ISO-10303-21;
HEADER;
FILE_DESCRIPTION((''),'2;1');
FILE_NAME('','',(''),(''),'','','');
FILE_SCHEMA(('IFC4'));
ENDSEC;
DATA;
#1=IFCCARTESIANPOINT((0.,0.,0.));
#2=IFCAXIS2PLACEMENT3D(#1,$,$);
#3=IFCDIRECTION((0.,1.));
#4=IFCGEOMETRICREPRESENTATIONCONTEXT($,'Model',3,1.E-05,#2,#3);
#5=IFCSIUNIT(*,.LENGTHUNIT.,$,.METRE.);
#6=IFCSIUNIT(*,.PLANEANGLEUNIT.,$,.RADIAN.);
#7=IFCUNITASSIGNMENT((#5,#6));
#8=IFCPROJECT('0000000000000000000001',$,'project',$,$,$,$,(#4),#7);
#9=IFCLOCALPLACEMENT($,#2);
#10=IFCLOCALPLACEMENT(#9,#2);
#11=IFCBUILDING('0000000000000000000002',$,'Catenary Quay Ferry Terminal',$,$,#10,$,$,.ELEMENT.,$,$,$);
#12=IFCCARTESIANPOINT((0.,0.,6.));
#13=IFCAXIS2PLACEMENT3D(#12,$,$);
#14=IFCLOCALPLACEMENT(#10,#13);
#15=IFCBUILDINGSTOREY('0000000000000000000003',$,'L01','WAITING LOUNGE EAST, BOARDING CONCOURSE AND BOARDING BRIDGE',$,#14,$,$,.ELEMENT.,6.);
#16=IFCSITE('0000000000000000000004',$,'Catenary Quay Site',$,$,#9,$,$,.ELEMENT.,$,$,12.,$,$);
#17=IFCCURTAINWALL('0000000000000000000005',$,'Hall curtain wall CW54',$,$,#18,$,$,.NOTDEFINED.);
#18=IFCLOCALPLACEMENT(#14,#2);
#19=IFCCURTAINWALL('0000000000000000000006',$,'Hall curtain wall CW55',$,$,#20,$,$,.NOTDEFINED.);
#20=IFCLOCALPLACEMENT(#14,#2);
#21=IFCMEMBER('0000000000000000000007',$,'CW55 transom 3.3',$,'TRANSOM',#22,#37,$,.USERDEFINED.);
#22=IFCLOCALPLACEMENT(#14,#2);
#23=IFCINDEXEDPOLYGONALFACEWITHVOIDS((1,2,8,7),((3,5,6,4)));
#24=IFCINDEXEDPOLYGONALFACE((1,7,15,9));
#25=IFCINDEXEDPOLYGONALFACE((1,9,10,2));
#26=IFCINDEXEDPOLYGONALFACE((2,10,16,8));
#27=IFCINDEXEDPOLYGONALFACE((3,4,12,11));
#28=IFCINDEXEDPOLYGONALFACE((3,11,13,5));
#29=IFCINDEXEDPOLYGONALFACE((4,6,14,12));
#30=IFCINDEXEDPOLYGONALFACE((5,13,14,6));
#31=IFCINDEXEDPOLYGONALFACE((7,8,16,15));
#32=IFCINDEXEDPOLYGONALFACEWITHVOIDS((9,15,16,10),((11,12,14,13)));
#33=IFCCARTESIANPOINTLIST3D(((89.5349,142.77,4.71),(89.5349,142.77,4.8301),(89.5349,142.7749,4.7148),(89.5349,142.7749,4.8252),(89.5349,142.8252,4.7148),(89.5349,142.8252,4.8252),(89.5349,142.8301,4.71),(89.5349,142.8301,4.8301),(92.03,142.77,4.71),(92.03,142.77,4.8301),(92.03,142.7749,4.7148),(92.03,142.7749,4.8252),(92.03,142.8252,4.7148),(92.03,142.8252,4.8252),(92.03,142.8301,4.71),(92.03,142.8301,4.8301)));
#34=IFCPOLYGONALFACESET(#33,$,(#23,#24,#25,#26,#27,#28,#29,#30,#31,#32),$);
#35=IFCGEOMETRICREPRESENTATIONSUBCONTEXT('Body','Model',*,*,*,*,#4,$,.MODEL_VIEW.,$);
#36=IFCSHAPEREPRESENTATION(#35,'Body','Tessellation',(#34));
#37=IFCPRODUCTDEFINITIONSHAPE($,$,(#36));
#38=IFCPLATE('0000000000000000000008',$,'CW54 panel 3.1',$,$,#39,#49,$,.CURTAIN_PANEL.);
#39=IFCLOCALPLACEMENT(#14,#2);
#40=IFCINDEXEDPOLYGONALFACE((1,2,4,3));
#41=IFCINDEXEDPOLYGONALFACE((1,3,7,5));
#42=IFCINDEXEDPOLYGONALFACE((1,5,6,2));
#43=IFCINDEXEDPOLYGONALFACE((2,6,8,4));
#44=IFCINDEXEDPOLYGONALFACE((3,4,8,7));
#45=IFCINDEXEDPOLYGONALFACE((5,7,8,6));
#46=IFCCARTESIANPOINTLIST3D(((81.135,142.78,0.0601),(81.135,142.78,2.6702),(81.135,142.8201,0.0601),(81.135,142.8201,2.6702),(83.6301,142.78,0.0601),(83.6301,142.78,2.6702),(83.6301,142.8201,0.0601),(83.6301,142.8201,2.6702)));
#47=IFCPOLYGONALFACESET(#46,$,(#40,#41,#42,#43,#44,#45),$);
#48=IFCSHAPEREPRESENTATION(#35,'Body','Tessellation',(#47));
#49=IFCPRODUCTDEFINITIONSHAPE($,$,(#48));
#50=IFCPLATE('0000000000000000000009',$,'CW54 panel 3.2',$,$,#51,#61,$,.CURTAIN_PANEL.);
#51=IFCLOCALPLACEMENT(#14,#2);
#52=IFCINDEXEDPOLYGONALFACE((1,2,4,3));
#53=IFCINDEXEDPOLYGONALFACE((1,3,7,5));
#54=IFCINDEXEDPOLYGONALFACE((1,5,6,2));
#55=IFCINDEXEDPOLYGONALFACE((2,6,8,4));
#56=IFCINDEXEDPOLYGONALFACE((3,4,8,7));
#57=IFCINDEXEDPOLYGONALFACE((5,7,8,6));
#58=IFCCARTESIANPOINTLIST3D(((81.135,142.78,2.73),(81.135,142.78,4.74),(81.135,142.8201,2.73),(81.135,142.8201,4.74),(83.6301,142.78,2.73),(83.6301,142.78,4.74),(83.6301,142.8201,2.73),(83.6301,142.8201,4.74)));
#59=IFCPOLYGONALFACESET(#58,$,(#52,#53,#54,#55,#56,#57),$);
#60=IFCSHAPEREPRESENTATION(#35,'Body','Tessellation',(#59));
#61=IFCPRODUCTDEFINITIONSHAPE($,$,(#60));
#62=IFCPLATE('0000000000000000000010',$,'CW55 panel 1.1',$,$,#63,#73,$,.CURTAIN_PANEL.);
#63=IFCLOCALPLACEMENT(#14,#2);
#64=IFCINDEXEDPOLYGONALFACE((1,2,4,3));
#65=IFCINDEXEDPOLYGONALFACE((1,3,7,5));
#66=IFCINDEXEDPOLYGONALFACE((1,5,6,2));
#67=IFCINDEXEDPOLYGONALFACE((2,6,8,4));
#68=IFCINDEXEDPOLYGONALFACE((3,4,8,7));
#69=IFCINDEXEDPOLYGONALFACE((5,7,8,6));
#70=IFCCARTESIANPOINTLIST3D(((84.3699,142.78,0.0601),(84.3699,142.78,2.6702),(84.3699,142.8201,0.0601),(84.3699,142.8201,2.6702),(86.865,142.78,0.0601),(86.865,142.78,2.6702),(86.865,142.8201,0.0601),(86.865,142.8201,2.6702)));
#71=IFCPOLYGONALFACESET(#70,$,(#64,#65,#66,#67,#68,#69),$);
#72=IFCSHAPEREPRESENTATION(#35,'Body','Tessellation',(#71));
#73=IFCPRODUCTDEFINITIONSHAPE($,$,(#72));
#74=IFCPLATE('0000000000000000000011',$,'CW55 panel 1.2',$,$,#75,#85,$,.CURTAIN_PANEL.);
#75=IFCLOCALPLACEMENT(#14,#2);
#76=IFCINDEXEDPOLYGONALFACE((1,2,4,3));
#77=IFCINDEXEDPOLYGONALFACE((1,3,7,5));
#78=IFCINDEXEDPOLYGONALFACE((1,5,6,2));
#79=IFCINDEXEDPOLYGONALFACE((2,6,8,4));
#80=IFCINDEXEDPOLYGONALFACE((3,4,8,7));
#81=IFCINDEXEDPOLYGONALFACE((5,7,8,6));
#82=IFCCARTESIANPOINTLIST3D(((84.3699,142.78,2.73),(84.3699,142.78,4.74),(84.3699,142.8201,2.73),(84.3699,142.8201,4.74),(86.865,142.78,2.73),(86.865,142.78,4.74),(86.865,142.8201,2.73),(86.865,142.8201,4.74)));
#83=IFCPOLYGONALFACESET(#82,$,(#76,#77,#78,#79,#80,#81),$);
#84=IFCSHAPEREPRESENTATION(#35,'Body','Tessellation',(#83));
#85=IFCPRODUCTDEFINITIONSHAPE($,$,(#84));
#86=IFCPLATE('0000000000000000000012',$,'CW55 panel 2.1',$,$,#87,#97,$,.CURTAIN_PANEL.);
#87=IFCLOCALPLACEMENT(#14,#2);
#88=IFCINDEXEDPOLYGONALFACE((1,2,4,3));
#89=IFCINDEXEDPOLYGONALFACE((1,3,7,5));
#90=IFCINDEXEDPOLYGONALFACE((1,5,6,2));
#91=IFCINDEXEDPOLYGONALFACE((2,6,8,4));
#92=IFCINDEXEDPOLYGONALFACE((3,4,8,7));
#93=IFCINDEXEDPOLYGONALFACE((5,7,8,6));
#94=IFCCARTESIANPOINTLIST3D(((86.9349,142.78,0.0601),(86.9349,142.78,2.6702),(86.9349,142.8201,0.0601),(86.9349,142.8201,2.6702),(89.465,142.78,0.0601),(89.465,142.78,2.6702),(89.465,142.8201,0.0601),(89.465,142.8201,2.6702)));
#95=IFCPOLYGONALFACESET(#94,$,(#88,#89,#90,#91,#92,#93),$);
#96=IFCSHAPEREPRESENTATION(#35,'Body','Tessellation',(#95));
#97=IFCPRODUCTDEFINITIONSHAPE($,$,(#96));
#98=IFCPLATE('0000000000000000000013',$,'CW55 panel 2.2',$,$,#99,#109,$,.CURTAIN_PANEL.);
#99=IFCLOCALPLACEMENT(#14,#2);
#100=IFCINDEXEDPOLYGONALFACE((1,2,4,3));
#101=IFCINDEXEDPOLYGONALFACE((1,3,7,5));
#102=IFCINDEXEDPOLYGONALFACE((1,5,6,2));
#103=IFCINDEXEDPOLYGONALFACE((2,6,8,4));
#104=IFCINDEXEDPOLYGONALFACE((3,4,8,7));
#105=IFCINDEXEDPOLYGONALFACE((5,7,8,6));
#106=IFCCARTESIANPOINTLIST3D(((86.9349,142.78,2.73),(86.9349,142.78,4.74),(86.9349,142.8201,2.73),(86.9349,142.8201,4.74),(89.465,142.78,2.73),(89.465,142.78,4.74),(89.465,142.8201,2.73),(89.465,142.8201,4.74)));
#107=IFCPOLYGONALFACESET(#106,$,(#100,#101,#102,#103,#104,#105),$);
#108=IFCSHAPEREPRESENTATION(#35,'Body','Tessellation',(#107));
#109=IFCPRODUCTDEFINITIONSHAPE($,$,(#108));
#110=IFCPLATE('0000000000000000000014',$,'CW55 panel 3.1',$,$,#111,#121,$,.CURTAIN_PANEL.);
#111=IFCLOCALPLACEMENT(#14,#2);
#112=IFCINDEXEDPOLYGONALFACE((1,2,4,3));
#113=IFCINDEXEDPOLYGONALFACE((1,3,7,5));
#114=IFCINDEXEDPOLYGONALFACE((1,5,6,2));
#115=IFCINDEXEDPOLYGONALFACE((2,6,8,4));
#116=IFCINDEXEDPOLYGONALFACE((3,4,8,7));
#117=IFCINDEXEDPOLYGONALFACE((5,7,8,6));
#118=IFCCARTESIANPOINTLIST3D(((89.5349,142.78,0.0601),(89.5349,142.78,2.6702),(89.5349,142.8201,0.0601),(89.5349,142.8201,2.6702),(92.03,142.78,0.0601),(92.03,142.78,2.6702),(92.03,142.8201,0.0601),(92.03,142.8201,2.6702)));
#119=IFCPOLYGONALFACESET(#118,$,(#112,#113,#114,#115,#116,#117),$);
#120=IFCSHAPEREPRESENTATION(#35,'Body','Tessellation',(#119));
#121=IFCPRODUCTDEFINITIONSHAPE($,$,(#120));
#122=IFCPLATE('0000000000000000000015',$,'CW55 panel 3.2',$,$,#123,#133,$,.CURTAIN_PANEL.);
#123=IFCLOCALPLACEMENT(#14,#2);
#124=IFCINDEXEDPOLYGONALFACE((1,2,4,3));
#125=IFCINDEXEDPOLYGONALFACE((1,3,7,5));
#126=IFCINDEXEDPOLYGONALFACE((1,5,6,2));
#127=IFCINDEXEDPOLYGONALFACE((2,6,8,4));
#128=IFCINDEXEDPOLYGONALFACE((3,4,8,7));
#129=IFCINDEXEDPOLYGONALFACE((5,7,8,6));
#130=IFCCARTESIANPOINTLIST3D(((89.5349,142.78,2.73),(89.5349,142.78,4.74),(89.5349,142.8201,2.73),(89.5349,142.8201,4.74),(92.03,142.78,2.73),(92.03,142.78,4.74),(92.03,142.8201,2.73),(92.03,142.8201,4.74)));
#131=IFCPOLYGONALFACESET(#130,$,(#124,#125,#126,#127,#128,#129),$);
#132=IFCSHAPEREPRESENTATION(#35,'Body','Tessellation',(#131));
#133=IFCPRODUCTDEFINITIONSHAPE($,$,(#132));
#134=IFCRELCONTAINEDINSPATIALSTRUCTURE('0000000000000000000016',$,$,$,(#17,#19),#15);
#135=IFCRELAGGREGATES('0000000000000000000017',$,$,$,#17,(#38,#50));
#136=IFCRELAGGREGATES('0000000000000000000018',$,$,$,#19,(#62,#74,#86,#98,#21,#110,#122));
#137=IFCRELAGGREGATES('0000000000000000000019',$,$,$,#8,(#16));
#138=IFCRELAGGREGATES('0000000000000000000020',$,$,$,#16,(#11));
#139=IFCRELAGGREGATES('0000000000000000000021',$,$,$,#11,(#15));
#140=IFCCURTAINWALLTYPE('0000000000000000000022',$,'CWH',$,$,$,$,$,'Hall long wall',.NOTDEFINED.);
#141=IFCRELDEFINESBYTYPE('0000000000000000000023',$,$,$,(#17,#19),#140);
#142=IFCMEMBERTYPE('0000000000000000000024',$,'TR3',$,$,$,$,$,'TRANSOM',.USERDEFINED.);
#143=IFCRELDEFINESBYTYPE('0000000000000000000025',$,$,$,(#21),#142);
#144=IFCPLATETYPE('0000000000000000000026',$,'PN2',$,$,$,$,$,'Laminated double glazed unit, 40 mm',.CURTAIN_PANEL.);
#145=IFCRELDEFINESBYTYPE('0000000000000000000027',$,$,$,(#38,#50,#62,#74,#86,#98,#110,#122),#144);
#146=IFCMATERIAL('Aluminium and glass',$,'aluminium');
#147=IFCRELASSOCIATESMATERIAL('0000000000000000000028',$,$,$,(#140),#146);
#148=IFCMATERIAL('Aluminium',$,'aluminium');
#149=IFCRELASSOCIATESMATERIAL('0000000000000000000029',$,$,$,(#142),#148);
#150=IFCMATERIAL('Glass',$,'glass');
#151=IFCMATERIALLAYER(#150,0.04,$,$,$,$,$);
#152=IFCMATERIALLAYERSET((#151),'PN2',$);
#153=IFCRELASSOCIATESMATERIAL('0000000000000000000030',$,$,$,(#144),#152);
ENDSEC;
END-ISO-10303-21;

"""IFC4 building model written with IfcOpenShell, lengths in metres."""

from ifc_helpers import new_model, si_unit, direction, frame, origin, origin_2d, place, context, subcontext, project, spatial, rectangle, hollow_rectangle, extrude, material, layer, layer_set, material_profile, profile_set, type_object, element, aggregate, save


model = new_model("IFC4")

# Units and contexts
model_context = context("Model", 3, precision=1e-05, world=origin(), true_north=direction((0.0, 1.0)))
body_context = subcontext(model_context, "Body", "Model", "MODEL_VIEW")
ifc_project = project(units=[si_unit("LENGTHUNIT", "METRE"), si_unit("PLANEANGLEUNIT", "RADIAN")], contexts=[model_context])

# Site, building, storey
site_placement = place(None, origin())
site = spatial("IfcSite", under=ifc_project, at=site_placement, Name="Catenary Quay Site", CompositionType="ELEMENT", RefElevation=12.0)
building_placement = place(site_placement, origin())
building = spatial("IfcBuilding", under=site, at=building_placement, Name="Catenary Quay Ferry Terminal", CompositionType="ELEMENT")
storey_placement = place(building_placement, frame((0.0, 0.0, 6.0)))
storey = spatial("IfcBuildingStorey", under=building, at=storey_placement, Name="L01", Description="WAITING LOUNGE EAST, BOARDING CONCOURSE AND BOARDING BRIDGE", CompositionType="ELEMENT", Elevation=6.0)

# Curtain wall
ifc_material_1 = material(Name="Aluminium and glass", Category="aluminium")
curtain_wall_type = type_object("IfcCurtainWallType", Name="CWH", ElementType="Hall long wall", PredefinedType="NOTDEFINED", material=ifc_material_1)
curtain_wall_1_placement = place(storey_placement, origin())
curtain_wall_1 = element("IfcCurtainWall", 1, at=curtain_wall_1_placement, inside=storey, type_object=curtain_wall_type, Name="Hall curtain wall CW54", PredefinedType="NOTDEFINED")

# Curtain wall, member
curtain_wall_2_placement = place(storey_placement, origin())
curtain_wall_2 = element("IfcCurtainWall", 2, at=curtain_wall_2_placement, inside=storey, type_object=curtain_wall_type, Name="Hall curtain wall CW55", PredefinedType="NOTDEFINED")
ifc_material_2 = material(Name="Aluminium", Category="aluminium")
ifc_material_profile_1 = material_profile(ifc_material_2, hollow_rectangle(XDim=0.0601, YDim=0.1201, WallThickness=0.0049, at=origin_2d()), Name="TR3")
ifc_profile_set_1 = profile_set([ifc_material_profile_1], Name="Aluminium")
member_type_1 = type_object("IfcMemberType", Name="TR3", ElementType="TRANSOM", PredefinedType="USERDEFINED", material=ifc_profile_set_1)
member_1_placement = place(storey_placement, frame((89.5349, 142.8, 4.77), z_axis=(1.0, 0.0, 0.0), x_axis=(0.0, 1.0, 0.0)))
member_1 = element("IfcMember", 3, at=member_1_placement, type_object=member_type_1, Name="CW55 transom 3.3", ObjectType="TRANSOM", PredefinedType="USERDEFINED", context=body_context, shape_type="SweptSolid", body=[
    extrude(hollow_rectangle(XDim=0.0601, YDim=0.1201, WallThickness=0.0049, at=origin_2d()), origin(), (0.0, 0.0, 1.0), 2.4951),
])

# Plates
ifc_material_3 = material(Name="Glass", Category="glass")
ifc_layer = layer(ifc_material_3, 0.04)
ifc_layer_set = layer_set([ifc_layer], Name="PN2")
plate_type = type_object("IfcPlateType", Name="PN2", ElementType="Laminated double glazed unit, 40 mm", PredefinedType="CURTAIN_PANEL", material=ifc_layer_set)
plate_1_placement = place(storey_placement, frame((82.3826, 142.8, 0.0601), z_axis=(0.0, 0.0, 1.0), x_axis=(1.0, 0.0, 0.0)))
plate_1 = element("IfcPlate", 4, at=plate_1_placement, type_object=plate_type, Name="CW54 panel 3.1", PredefinedType="CURTAIN_PANEL", context=body_context, shape_type="SweptSolid", body=[
    extrude(rectangle(XDim=2.4951, YDim=0.04, at=origin_2d()), origin(), (0.0, 0.0, 1.0), 2.6101),
])
plate_2_placement = place(storey_placement, frame((82.3826, 142.8, 2.73), z_axis=(0.0, 0.0, 1.0), x_axis=(1.0, 0.0, 0.0)))
plate_2 = element("IfcPlate", 5, at=plate_2_placement, type_object=plate_type, Name="CW54 panel 3.2", PredefinedType="CURTAIN_PANEL", context=body_context, shape_type="SweptSolid", body=[
    extrude(rectangle(XDim=2.4951, YDim=0.04, at=origin_2d()), origin(), (0.0, 0.0, 1.0), 2.01),
])
aggregate(curtain_wall_1, [plate_1, plate_2])
plate_3_placement = place(storey_placement, frame((85.6174, 142.8, 0.0601), z_axis=(0.0, 0.0, 1.0), x_axis=(1.0, 0.0, 0.0)))
plate_3 = element("IfcPlate", 6, at=plate_3_placement, type_object=plate_type, Name="CW55 panel 1.1", PredefinedType="CURTAIN_PANEL", context=body_context, shape_type="SweptSolid", body=[
    extrude(rectangle(XDim=2.4951, YDim=0.04, at=origin_2d()), origin(), (0.0, 0.0, 1.0), 2.6101),
])
plate_4_placement = place(storey_placement, frame((85.6174, 142.8, 2.73), z_axis=(0.0, 0.0, 1.0), x_axis=(1.0, 0.0, 0.0)))
plate_4 = element("IfcPlate", 7, at=plate_4_placement, type_object=plate_type, Name="CW55 panel 1.2", PredefinedType="CURTAIN_PANEL", context=body_context, shape_type="SweptSolid", body=[
    extrude(rectangle(XDim=2.4951, YDim=0.04, at=origin_2d()), origin(), (0.0, 0.0, 1.0), 2.01),
])
plate_5_placement = place(storey_placement, frame((88.2, 142.8, 0.0601), z_axis=(0.0, 0.0, 1.0), x_axis=(1.0, 0.0, 0.0)))
plate_5 = element("IfcPlate", 8, at=plate_5_placement, type_object=plate_type, Name="CW55 panel 2.1", PredefinedType="CURTAIN_PANEL", context=body_context, shape_type="SweptSolid", body=[
    extrude(rectangle(XDim=2.53, YDim=0.04, at=origin_2d()), origin(), (0.0, 0.0, 1.0), 2.6101),
])
plate_6_placement = place(storey_placement, frame((88.2, 142.8, 2.73), z_axis=(0.0, 0.0, 1.0), x_axis=(1.0, 0.0, 0.0)))
plate_6 = element("IfcPlate", 9, at=plate_6_placement, type_object=plate_type, Name="CW55 panel 2.2", PredefinedType="CURTAIN_PANEL", context=body_context, shape_type="SweptSolid", body=[
    extrude(rectangle(XDim=2.53, YDim=0.04, at=origin_2d()), origin(), (0.0, 0.0, 1.0), 2.01),
])
plate_7_placement = place(storey_placement, frame((90.7825, 142.8, 0.0601), z_axis=(0.0, 0.0, 1.0), x_axis=(1.0, 0.0, 0.0)))
plate_7 = element("IfcPlate", 10, at=plate_7_placement, type_object=plate_type, Name="CW55 panel 3.1", PredefinedType="CURTAIN_PANEL", context=body_context, shape_type="SweptSolid", body=[
    extrude(rectangle(XDim=2.4951, YDim=0.04, at=origin_2d()), origin(), (0.0, 0.0, 1.0), 2.6101),
])
plate_8_placement = place(storey_placement, frame((90.7825, 142.8, 2.73), z_axis=(0.0, 0.0, 1.0), x_axis=(1.0, 0.0, 0.0)))
plate_8 = element("IfcPlate", 11, at=plate_8_placement, type_object=plate_type, Name="CW55 panel 3.2", PredefinedType="CURTAIN_PANEL", context=body_context, shape_type="SweptSolid", body=[
    extrude(rectangle(XDim=2.4951, YDim=0.04, at=origin_2d()), origin(), (0.0, 0.0, 1.0), 2.01),
])
aggregate(curtain_wall_2, [plate_3, plate_4, plate_5, plate_6, member_1, plate_7, plate_8])

save(model, "model.ifc")
